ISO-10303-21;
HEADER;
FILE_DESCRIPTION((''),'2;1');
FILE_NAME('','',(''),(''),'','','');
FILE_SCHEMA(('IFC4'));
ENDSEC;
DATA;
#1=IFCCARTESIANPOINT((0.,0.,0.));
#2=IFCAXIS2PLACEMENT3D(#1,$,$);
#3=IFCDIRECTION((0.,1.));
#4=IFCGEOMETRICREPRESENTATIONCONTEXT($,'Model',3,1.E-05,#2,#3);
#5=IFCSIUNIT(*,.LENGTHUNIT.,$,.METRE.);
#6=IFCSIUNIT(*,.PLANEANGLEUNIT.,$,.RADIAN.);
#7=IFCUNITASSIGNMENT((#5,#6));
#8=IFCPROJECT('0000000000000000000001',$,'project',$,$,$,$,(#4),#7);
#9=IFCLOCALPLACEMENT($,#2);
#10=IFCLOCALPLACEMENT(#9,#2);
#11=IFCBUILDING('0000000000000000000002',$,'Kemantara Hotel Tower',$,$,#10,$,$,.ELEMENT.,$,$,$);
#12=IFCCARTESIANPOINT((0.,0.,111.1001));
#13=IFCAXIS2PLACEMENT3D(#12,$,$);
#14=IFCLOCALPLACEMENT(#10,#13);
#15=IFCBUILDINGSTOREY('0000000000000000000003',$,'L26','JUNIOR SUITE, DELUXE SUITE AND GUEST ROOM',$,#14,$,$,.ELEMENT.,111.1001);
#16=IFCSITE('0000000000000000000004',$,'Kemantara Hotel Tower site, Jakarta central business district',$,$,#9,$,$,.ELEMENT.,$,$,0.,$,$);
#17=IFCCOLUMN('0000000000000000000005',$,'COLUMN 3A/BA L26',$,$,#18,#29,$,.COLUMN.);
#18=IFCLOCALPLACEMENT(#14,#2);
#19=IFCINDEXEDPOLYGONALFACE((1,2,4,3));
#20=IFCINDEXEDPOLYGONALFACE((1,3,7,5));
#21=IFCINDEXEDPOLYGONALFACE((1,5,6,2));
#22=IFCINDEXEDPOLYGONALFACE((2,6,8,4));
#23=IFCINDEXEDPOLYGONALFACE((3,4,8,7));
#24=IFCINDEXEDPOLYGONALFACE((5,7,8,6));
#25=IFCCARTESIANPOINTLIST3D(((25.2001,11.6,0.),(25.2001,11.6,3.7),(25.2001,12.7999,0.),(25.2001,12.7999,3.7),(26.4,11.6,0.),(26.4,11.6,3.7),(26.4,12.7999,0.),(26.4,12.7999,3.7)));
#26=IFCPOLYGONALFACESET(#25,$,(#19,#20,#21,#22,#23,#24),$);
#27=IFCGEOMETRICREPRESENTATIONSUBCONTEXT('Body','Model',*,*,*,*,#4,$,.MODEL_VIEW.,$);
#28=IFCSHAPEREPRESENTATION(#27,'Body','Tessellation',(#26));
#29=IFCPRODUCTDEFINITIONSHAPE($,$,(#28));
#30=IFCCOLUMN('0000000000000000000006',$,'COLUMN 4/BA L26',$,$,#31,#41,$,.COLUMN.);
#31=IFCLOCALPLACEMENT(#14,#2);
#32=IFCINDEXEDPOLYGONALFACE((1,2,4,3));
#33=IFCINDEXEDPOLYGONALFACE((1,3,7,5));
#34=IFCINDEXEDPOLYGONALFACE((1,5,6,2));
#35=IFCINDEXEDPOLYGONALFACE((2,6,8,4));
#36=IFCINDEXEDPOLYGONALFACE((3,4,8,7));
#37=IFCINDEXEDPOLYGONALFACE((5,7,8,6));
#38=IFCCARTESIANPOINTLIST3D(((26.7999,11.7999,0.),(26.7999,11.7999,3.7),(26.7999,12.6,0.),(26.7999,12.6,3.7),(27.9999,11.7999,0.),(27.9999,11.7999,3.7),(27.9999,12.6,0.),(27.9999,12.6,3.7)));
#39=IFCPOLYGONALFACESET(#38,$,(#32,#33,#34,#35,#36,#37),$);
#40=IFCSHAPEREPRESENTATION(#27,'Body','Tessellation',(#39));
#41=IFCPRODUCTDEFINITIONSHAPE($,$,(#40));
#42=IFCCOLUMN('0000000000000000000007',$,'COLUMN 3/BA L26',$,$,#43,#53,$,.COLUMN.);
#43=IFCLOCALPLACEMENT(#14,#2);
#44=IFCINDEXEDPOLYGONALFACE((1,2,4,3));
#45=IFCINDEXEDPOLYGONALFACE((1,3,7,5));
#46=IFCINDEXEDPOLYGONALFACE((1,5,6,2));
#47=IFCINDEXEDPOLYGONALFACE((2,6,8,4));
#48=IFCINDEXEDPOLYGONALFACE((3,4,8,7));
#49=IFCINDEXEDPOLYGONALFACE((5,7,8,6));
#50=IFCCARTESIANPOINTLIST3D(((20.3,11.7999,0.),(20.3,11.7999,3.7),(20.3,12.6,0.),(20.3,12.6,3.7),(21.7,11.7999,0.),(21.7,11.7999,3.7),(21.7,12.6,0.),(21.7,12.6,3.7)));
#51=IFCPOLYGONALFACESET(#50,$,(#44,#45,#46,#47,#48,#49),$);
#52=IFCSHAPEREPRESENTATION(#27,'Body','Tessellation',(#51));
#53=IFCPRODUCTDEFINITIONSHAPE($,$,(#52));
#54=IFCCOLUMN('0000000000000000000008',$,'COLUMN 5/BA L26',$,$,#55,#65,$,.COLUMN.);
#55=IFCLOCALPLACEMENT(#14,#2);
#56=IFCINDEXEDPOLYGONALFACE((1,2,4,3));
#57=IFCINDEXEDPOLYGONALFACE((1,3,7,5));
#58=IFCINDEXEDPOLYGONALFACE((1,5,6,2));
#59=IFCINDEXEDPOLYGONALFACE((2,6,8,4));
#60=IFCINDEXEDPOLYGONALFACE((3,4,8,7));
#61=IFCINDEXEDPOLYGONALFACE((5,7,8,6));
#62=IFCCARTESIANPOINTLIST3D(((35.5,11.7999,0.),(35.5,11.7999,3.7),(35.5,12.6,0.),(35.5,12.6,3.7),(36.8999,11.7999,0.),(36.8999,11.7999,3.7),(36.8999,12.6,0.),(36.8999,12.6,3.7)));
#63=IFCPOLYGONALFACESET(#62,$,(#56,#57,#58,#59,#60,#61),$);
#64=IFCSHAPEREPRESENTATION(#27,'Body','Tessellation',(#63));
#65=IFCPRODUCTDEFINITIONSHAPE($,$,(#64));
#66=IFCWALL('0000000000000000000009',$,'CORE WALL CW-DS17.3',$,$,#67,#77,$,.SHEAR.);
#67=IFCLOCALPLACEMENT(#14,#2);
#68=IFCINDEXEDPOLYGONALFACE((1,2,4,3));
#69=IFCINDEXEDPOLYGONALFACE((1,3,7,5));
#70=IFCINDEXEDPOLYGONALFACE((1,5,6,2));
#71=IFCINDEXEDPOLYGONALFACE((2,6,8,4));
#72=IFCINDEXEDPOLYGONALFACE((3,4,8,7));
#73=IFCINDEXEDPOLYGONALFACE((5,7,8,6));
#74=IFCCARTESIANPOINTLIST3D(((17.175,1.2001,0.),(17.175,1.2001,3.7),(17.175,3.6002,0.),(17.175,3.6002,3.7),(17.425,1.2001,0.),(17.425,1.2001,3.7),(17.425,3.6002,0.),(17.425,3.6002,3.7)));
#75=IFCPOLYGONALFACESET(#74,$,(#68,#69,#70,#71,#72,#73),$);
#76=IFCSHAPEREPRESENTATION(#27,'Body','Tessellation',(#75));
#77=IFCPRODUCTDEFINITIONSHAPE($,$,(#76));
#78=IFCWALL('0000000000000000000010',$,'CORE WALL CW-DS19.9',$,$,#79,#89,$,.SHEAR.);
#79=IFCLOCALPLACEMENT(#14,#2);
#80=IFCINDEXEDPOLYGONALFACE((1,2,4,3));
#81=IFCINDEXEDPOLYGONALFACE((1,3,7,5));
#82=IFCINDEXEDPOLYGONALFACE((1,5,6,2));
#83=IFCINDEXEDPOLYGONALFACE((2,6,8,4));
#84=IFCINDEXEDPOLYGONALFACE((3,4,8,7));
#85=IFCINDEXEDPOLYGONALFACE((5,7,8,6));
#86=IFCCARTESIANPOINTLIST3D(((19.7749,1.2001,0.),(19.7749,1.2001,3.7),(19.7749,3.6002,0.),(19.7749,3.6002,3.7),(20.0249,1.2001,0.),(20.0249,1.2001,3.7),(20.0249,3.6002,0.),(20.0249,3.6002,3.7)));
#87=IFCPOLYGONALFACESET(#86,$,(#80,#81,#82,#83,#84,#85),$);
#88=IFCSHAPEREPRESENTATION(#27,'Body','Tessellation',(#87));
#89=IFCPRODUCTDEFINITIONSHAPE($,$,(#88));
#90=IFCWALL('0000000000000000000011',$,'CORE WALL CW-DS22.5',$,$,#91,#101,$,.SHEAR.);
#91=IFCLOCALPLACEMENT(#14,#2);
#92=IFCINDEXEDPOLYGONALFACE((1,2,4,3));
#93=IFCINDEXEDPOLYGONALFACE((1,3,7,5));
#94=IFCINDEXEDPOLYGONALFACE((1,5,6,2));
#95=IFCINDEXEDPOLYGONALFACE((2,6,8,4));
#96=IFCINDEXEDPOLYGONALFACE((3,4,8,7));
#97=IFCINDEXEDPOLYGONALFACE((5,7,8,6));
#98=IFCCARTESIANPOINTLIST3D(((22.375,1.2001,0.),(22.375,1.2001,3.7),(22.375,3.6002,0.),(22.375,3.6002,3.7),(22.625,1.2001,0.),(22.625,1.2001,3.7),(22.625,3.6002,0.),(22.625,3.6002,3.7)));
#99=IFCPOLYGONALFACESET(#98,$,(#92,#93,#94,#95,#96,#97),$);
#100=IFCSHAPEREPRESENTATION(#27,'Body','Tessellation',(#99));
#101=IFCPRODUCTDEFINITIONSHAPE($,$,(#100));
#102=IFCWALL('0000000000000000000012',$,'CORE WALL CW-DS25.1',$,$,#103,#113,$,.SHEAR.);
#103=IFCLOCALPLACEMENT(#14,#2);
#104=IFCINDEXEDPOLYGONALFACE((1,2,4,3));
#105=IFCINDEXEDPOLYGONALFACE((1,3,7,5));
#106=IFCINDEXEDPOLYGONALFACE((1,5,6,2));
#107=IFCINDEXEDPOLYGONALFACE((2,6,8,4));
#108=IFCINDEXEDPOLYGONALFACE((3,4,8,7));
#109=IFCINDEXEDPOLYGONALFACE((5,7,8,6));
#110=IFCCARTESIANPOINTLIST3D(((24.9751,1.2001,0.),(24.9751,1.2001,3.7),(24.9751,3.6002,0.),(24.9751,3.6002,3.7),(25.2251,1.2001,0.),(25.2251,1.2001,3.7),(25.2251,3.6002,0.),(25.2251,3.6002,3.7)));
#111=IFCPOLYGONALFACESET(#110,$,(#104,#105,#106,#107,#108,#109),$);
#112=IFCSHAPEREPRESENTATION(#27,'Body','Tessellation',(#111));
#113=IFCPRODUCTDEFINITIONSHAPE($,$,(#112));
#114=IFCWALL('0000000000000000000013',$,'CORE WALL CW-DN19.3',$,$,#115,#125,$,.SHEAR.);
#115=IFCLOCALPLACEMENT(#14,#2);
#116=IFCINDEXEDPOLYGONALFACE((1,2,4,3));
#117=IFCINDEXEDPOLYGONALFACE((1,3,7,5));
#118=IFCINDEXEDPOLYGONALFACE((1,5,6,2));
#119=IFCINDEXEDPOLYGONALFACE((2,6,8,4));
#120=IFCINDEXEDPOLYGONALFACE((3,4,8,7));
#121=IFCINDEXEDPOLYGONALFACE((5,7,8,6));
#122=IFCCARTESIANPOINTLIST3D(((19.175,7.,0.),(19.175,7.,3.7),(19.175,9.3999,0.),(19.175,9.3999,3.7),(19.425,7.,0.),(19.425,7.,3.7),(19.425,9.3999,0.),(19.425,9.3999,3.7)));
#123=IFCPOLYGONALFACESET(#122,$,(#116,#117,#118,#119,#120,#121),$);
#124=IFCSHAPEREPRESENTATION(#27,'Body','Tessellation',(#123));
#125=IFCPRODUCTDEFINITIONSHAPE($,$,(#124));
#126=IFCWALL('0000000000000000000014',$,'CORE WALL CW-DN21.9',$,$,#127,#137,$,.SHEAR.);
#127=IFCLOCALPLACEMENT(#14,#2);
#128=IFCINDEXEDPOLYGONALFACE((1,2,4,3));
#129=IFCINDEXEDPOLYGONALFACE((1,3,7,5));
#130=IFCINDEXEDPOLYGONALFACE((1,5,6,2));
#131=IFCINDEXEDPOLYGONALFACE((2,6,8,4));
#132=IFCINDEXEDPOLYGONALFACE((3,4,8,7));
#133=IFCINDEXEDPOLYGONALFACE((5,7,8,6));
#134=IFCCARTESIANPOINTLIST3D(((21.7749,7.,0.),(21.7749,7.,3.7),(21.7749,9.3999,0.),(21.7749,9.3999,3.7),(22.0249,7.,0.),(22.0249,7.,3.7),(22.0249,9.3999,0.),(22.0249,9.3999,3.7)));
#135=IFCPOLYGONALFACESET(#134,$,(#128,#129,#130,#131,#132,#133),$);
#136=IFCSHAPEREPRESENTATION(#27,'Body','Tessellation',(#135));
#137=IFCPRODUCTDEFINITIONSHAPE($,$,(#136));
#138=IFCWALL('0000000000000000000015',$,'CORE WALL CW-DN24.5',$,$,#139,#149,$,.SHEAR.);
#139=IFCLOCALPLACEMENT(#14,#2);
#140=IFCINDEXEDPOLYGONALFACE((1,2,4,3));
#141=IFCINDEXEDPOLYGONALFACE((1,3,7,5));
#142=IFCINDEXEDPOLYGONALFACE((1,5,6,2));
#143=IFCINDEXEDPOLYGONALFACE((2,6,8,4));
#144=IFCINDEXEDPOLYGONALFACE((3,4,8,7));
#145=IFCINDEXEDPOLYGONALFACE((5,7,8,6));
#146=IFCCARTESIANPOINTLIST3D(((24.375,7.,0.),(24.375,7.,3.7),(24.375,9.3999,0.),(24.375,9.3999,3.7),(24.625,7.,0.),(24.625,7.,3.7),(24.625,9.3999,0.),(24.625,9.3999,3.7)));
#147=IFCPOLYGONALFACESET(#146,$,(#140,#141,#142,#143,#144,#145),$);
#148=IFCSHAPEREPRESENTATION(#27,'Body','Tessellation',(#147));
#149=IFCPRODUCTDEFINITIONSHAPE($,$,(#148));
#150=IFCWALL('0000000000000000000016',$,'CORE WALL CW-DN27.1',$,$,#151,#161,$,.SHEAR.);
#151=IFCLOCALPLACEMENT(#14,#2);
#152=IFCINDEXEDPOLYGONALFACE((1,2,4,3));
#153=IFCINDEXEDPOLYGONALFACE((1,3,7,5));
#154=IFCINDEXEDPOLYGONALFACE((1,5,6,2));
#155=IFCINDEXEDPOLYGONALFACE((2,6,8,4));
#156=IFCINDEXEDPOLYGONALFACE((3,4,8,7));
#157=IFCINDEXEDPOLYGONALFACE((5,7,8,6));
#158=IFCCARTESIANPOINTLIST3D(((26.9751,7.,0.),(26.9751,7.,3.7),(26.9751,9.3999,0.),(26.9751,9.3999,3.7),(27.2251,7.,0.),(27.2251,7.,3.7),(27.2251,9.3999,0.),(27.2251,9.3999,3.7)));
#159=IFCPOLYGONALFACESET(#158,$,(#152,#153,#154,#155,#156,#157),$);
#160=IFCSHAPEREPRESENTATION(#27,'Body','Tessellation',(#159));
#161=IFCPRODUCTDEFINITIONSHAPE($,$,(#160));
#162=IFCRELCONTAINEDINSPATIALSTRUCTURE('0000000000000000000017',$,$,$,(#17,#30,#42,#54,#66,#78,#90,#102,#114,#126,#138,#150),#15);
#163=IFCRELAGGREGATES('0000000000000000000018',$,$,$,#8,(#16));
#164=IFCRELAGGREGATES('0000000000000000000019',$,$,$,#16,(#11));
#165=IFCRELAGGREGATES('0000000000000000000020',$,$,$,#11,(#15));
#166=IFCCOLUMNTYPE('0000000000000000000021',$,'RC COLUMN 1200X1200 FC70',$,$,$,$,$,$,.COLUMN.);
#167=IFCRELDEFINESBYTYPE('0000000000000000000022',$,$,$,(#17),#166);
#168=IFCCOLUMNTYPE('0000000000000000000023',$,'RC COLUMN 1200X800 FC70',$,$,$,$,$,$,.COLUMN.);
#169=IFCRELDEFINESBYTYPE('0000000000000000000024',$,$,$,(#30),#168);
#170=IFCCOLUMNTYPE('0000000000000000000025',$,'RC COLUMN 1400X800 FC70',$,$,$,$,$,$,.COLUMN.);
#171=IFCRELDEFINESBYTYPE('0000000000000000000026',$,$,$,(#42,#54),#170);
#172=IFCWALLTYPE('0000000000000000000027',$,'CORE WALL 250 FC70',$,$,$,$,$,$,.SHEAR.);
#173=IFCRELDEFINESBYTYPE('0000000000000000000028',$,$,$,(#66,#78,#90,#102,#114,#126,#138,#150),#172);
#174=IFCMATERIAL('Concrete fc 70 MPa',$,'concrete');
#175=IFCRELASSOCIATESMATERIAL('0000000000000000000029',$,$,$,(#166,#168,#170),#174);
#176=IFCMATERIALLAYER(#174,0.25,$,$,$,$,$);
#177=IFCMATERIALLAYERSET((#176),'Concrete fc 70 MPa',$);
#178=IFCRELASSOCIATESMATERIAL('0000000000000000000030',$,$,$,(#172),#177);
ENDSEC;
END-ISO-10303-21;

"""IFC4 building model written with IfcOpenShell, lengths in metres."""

from ifc_helpers import new_model, si_unit, direction, frame, frame_2d, origin, origin_2d, place, context, subcontext, project, spatial, rectangle, extrude, material, layer, layer_set, material_profile, profile_set, type_object, element, save


model = new_model("IFC4")

# Units and contexts
model_context = context("Model", 3, precision=1e-05, world=origin(), true_north=direction((0.0, 1.0)))
body_context = subcontext(model_context, "Body", "Model", "MODEL_VIEW")
ifc_project = project(units=[si_unit("LENGTHUNIT", "METRE"), si_unit("PLANEANGLEUNIT", "RADIAN")], contexts=[model_context])

# Site, building, storey
site_placement = place(None, origin())
site = spatial("IfcSite", under=ifc_project, at=site_placement, Name="Kemantara Hotel Tower site, Jakarta central business district", CompositionType="ELEMENT", RefElevation=0.0)
building_placement = place(site_placement, origin())
building = spatial("IfcBuilding", under=site, at=building_placement, Name="Kemantara Hotel Tower", CompositionType="ELEMENT")
storey_placement = place(building_placement, frame((0.0, 0.0, 111.1001)))
storey = spatial("IfcBuildingStorey", under=building, at=storey_placement, Name="L26", Description="JUNIOR SUITE, DELUXE SUITE AND GUEST ROOM", CompositionType="ELEMENT", Elevation=111.1001)

# Columns
ifc_material_1 = material(Name="Concrete fc 70 MPa", Category="concrete")
ifc_material_profile_1 = material_profile(ifc_material_1, rectangle(XDim=1.2, YDim=1.2, at=origin_2d()), Name="RC 1200X1200")
ifc_profile_set_1 = profile_set([ifc_material_profile_1], Name="Concrete fc 70 MPa")
column_type_1 = type_object("IfcColumnType", Name="RC COLUMN 1200X1200 FC70", PredefinedType="COLUMN", material=ifc_profile_set_1)
column_1_placement = place(storey_placement, frame((25.8, 12.2, 0.0), z_axis=(0.0, 0.0, 1.0), x_axis=(1.0, 0.0, 0.0)))
element("IfcColumn", 1, at=column_1_placement, inside=storey, type_object=column_type_1, Name="COLUMN 3A/BA L26", PredefinedType="COLUMN", context=body_context, shape_type="SweptSolid", body=[
    extrude(rectangle(XDim=1.2, YDim=1.2, at=origin_2d()), origin(), (0.0, 0.0, 1.0), 3.7),
])
ifc_material_profile_2 = material_profile(ifc_material_1, rectangle(XDim=1.2, YDim=0.8, at=origin_2d()), Name="RC 1200X800")
ifc_profile_set_2 = profile_set([ifc_material_profile_2], Name="Concrete fc 70 MPa")
column_type_2 = type_object("IfcColumnType", Name="RC COLUMN 1200X800 FC70", PredefinedType="COLUMN", material=ifc_profile_set_2)
column_2_placement = place(storey_placement, frame((27.3999, 12.2, 0.0), z_axis=(0.0, 0.0, 1.0), x_axis=(1.0, 0.0, 0.0)))
element("IfcColumn", 2, at=column_2_placement, inside=storey, type_object=column_type_2, Name="COLUMN 4/BA L26", PredefinedType="COLUMN", context=body_context, shape_type="SweptSolid", body=[
    extrude(rectangle(XDim=1.2, YDim=0.8, at=origin_2d()), origin(), (0.0, 0.0, 1.0), 3.7),
])
ifc_material_profile_3 = material_profile(ifc_material_1, rectangle(XDim=1.3999, YDim=0.8, at=origin_2d()), Name="RC 1400X800")
ifc_profile_set_3 = profile_set([ifc_material_profile_3], Name="Concrete fc 70 MPa")
column_type_3 = type_object("IfcColumnType", Name="RC COLUMN 1400X800 FC70", PredefinedType="COLUMN", material=ifc_profile_set_3)
for number, where, z_axis, x_axis, name in (
    (3, (21.0, 12.2, 0.0), (0.0, 0.0, 1.0), (1.0, 0.0, 0.0), "COLUMN 3/BA L26"),
    (4, (36.2, 12.2, 0.0), (0.0, 0.0, 1.0), (1.0, 0.0, 0.0), "COLUMN 5/BA L26"),
):
    element("IfcColumn", number, at=place(storey_placement, frame(where, z_axis=z_axis, x_axis=x_axis)), inside=storey, type_object=column_type_3, Name=name, PredefinedType="COLUMN", context=body_context, shape_type="SweptSolid", body=[
        extrude(rectangle(XDim=1.3999, YDim=0.8, at=origin_2d()), origin(), (0.0, 0.0, 1.0), 3.7),
    ])

# Walls
ifc_layer_1 = layer(ifc_material_1, 0.25)
ifc_layer_set_1 = layer_set([ifc_layer_1], Name="Concrete fc 70 MPa")
wall_type_1 = type_object("IfcWallType", Name="CORE WALL 250 FC70", PredefinedType="SHEAR", material=ifc_layer_set_1)
for number, where, z_axis, x_axis, name in (
    (5, (17.3, 1.2, 0.0), (0.0, 0.0, 1.0), (0.0, 1.0, 0.0), "CORE WALL CW-DS17.3"),
    (6, (19.8999, 1.2, 0.0), (0.0, 0.0, 1.0), (0.0, 1.0, 0.0), "CORE WALL CW-DS19.9"),
    (7, (22.5, 1.2, 0.0), (0.0, 0.0, 1.0), (0.0, 1.0, 0.0), "CORE WALL CW-DS22.5"),
    (8, (25.1001, 1.2, 0.0), (0.0, 0.0, 1.0), (0.0, 1.0, 0.0), "CORE WALL CW-DS25.1"),
):
    element("IfcWall", number, at=place(storey_placement, frame(where, z_axis=z_axis, x_axis=x_axis)), inside=storey, type_object=wall_type_1, Name=name, PredefinedType="SHEAR", context=body_context, shape_type="SweptSolid", body=[
        extrude(rectangle(XDim=2.4001, YDim=0.25, at=frame_2d((1.2002, 0.0))), origin(), (0.0, 0.0, 1.0), 3.7),
    ])
for number, where, z_axis, x_axis, name in (
    (9, (19.3, 7.0, 0.0), (0.0, 0.0, 1.0), (0.0, 1.0, 0.0), "CORE WALL CW-DN19.3"),
    (10, (21.8999, 7.0, 0.0), (0.0, 0.0, 1.0), (0.0, 1.0, 0.0), "CORE WALL CW-DN21.9"),
    (11, (24.5, 7.0, 0.0), (0.0, 0.0, 1.0), (0.0, 1.0, 0.0), "CORE WALL CW-DN24.5"),
    (12, (27.1001, 7.0, 0.0), (0.0, 0.0, 1.0), (0.0, 1.0, 0.0), "CORE WALL CW-DN27.1"),
):
    element("IfcWall", number, at=place(storey_placement, frame(where, z_axis=z_axis, x_axis=x_axis)), inside=storey, type_object=wall_type_1, Name=name, PredefinedType="SHEAR", context=body_context, shape_type="SweptSolid", body=[
        extrude(rectangle(XDim=2.3999, YDim=0.25, at=frame_2d((1.2, 0.0))), origin(), (0.0, 0.0, 1.0), 3.7),
    ])

save(model, "model.ifc")
